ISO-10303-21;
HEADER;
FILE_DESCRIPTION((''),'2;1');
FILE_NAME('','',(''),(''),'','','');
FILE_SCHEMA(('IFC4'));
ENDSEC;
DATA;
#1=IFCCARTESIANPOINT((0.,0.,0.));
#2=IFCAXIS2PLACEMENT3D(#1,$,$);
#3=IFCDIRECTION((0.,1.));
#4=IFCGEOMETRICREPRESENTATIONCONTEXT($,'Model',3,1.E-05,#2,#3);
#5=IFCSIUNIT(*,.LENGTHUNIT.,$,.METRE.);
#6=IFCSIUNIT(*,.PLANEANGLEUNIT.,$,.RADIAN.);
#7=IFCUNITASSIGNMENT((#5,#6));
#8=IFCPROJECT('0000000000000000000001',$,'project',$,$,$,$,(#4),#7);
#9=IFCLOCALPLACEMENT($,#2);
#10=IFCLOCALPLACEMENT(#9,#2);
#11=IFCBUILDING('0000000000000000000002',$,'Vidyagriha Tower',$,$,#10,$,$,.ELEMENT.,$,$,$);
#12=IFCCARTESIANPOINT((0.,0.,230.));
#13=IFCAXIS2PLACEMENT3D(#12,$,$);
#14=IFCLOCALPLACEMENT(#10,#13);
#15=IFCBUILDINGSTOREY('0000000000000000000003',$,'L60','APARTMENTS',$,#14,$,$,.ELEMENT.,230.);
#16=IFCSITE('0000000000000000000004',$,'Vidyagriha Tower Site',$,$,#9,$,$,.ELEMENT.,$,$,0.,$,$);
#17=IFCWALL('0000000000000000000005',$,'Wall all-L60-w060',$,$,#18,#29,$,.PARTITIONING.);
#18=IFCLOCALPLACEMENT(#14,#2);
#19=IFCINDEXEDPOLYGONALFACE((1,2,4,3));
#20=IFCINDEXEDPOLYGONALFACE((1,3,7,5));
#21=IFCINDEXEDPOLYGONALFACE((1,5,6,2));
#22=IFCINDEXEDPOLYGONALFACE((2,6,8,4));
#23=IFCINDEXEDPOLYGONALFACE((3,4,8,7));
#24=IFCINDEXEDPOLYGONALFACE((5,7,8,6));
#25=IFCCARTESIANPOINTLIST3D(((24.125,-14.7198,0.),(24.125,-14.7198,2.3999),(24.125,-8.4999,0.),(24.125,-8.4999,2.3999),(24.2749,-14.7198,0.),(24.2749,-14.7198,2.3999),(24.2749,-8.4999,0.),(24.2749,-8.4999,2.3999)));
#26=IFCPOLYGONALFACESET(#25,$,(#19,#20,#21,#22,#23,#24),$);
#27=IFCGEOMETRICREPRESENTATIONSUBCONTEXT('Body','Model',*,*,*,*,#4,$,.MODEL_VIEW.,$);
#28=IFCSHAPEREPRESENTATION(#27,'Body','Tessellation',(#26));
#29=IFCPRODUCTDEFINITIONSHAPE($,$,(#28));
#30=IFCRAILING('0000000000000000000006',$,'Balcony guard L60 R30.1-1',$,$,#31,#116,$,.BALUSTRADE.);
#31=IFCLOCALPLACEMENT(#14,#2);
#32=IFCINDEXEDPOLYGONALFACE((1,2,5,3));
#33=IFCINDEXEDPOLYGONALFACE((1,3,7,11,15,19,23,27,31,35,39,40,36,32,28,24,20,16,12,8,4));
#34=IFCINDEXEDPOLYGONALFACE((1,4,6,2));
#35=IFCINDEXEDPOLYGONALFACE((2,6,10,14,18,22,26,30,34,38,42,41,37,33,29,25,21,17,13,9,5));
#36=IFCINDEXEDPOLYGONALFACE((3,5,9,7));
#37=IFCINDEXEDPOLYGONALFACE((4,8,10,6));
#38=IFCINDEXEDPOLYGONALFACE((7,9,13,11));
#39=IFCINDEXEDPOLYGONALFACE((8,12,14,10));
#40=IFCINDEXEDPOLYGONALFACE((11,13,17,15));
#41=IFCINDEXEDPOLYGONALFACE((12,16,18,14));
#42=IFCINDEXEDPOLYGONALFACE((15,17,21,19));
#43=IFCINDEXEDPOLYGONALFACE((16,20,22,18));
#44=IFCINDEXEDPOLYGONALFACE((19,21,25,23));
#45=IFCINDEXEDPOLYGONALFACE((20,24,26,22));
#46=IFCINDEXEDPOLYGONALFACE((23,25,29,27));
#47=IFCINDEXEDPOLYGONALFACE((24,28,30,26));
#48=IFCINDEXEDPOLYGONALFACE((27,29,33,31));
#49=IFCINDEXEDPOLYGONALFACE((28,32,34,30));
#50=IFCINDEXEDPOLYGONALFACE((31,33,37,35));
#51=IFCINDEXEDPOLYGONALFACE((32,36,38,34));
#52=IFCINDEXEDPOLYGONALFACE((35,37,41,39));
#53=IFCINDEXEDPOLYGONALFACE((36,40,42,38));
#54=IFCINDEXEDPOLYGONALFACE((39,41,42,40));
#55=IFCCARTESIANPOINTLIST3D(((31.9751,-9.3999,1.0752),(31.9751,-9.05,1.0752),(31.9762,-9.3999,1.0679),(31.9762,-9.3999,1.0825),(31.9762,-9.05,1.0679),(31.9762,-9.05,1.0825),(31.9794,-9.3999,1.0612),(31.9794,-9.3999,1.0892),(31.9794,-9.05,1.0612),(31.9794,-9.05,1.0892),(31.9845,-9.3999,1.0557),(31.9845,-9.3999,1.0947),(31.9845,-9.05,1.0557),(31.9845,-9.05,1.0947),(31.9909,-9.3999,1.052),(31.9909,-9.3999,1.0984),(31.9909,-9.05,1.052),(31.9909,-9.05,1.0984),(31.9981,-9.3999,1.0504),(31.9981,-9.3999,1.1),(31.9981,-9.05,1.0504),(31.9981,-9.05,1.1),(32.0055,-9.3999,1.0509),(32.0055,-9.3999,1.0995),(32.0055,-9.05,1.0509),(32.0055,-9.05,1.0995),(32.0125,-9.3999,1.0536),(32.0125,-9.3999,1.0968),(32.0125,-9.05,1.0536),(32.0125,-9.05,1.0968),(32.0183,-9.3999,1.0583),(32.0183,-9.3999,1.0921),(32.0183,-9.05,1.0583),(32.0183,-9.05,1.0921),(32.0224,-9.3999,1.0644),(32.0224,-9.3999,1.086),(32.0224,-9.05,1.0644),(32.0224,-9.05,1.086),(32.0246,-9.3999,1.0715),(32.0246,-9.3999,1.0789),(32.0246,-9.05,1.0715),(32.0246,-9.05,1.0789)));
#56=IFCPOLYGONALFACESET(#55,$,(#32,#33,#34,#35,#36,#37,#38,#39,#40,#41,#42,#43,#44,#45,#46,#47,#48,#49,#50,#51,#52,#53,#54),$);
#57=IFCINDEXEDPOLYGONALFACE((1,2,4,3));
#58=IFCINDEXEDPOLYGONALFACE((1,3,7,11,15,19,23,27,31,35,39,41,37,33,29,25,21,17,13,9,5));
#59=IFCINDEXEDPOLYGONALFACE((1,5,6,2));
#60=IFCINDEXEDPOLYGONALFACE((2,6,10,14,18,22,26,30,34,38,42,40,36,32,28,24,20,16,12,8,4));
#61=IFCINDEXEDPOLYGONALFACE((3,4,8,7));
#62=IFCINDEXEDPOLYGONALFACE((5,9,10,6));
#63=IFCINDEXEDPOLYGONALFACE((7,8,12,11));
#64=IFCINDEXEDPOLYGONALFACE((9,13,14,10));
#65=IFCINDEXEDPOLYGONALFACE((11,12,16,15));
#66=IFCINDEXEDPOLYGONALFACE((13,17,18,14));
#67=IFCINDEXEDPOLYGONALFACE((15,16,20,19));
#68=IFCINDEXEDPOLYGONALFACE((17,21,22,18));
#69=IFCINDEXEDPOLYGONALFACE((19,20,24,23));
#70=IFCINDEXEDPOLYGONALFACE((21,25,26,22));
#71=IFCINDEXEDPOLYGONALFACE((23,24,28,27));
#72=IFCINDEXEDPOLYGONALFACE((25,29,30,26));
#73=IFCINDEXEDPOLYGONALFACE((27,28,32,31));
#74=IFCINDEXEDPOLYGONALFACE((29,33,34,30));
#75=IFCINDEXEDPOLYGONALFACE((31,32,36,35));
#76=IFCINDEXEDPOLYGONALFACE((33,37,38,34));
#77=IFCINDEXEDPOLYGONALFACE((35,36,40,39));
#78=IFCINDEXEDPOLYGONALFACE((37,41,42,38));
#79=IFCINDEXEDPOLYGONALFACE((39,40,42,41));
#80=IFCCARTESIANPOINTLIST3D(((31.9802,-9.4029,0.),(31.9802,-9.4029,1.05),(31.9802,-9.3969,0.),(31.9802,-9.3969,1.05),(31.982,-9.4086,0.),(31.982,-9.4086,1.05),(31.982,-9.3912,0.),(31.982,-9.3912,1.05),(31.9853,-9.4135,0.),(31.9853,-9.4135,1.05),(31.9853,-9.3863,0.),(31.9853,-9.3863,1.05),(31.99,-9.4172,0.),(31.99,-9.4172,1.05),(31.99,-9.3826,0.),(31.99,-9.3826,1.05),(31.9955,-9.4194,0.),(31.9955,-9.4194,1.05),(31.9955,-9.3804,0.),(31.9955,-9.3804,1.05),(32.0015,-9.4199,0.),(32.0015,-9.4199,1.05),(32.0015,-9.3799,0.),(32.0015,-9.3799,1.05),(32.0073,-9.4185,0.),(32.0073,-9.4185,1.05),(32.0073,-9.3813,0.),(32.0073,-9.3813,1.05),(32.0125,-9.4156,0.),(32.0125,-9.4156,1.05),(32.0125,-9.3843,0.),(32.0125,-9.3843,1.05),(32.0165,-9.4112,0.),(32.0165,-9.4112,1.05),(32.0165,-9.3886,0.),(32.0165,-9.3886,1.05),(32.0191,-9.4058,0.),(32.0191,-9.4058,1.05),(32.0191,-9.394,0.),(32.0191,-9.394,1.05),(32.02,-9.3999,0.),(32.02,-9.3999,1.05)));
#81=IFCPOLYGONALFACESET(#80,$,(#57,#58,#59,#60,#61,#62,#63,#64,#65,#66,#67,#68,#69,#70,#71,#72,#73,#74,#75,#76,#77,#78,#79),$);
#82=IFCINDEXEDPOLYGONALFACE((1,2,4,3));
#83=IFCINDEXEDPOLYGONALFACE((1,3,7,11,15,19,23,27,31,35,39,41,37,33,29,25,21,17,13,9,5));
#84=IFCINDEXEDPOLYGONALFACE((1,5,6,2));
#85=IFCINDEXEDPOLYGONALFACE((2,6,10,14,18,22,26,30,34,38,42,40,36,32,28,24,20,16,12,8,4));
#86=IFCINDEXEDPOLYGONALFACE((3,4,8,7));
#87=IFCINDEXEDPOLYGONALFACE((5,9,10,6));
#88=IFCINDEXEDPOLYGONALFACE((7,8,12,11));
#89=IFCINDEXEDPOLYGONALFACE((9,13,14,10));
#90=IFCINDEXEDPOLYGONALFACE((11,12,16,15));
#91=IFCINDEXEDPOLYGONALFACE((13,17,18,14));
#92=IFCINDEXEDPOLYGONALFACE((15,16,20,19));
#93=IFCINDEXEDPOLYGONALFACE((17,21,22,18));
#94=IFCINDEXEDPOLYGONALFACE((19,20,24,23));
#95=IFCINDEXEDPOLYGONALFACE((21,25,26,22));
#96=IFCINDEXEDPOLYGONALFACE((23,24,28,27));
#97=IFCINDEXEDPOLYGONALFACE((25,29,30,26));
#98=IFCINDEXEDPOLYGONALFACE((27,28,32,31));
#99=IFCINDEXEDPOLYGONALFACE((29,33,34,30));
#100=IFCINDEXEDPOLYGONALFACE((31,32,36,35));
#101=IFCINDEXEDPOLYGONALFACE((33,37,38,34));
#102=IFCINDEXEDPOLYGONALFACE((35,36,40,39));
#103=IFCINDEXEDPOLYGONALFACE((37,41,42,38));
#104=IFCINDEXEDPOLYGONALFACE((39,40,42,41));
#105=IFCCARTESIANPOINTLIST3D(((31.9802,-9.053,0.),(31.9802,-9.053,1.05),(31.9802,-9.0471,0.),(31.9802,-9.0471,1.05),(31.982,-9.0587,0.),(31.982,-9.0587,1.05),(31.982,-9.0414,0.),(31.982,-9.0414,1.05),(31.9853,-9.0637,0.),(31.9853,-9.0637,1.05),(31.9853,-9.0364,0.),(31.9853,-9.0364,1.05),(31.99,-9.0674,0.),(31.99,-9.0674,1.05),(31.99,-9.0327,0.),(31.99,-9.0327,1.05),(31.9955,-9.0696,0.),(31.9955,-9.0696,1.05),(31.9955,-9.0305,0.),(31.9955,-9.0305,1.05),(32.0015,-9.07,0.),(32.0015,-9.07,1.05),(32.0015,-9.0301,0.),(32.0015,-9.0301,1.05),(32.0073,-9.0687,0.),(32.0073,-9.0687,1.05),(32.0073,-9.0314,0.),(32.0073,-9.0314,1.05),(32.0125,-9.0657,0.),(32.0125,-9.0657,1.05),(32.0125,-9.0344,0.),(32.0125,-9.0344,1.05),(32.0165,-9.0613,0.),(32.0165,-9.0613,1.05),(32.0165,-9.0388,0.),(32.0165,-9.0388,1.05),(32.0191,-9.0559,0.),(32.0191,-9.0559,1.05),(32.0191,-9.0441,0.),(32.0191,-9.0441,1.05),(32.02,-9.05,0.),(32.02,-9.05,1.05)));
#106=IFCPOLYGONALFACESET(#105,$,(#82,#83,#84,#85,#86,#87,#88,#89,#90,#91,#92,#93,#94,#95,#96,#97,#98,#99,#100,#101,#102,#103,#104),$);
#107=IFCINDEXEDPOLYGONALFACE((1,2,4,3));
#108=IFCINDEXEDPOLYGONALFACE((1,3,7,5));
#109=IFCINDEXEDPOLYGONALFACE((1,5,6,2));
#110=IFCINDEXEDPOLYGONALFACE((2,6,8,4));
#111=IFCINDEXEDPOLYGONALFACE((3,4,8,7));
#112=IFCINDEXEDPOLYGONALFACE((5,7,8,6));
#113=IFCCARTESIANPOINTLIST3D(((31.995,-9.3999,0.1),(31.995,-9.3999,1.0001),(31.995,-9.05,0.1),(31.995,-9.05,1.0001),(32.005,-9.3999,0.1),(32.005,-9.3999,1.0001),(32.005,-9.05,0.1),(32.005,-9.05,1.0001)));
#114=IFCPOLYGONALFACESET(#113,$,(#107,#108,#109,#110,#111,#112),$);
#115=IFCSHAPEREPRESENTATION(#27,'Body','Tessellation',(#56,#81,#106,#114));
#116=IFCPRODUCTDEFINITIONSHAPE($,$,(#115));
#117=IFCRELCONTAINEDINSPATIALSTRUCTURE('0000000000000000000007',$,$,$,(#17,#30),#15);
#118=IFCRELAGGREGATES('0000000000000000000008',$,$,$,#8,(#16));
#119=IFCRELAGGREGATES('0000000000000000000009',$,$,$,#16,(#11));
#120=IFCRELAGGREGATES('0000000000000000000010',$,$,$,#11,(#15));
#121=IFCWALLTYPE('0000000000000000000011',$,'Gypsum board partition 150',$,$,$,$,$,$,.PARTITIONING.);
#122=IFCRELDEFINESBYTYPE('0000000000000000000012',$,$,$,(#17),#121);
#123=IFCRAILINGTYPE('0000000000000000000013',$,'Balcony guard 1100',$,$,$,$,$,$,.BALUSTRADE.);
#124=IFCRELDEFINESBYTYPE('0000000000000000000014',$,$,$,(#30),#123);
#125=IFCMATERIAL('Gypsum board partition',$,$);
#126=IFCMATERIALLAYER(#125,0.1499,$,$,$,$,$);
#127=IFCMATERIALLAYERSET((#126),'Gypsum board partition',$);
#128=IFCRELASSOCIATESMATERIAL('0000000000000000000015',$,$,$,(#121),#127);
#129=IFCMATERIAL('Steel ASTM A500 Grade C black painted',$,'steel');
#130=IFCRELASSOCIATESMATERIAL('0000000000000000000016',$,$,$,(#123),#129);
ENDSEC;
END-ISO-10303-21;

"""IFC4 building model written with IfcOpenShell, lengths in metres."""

from ifc_helpers import new_model, si_unit, direction, frame, frame_2d, origin, origin_2d, place, context, subcontext, project, spatial, rectangle, circle, extrude, material, layer, layer_set, type_object, element, save


model = new_model("IFC4")

# Units and contexts
model_context = context("Model", 3, precision=1e-05, world=origin(), true_north=direction((0.0, 1.0)))
body_context = subcontext(model_context, "Body", "Model", "MODEL_VIEW")
ifc_project = project(units=[si_unit("LENGTHUNIT", "METRE"), si_unit("PLANEANGLEUNIT", "RADIAN")], contexts=[model_context])

# Site, building, storey
site_placement = place(None, origin())
site = spatial("IfcSite", under=ifc_project, at=site_placement, Name="Vidyagriha Tower Site", CompositionType="ELEMENT", RefElevation=0.0)
building_placement = place(site_placement, origin())
building = spatial("IfcBuilding", under=site, at=building_placement, Name="Vidyagriha Tower", CompositionType="ELEMENT")
storey_placement = place(building_placement, frame((0.0, 0.0, 230.0)))
storey = spatial("IfcBuildingStorey", under=building, at=storey_placement, Name="L60", Description="APARTMENTS", CompositionType="ELEMENT", Elevation=230.0)

# Shared definitions
ifc_material_1 = material(Name="Gypsum board partition")
ifc_layer_1 = layer(ifc_material_1, 0.1499)
ifc_layer_set_1 = layer_set([ifc_layer_1], Name="Gypsum board partition")
wall_type_1 = type_object("IfcWallType", Name="Gypsum board partition 150", PredefinedType="PARTITIONING", material=ifc_layer_set_1)

# Wall
wall_1_placement = place(storey_placement, frame((24.2, -8.5, 0.0), z_axis=(0.0, 0.0, 1.0), x_axis=(0.0, -1.0, 0.0)))
element("IfcWall", 1, at=wall_1_placement, inside=storey, type_object=wall_type_1, Name="Wall all-L60-w060", PredefinedType="PARTITIONING", context=body_context, shape_type="SweptSolid", body=[
    extrude(rectangle(XDim=6.22, YDim=0.1499, at=frame_2d((3.1099, 0.0))), origin(), (0.0, 0.0, 1.0), 2.3999),
])

# Railing
ifc_material_2 = material(Name="Steel ASTM A500 Grade C black painted", Category="steel")
railing_type = type_object("IfcRailingType", Name="Balcony guard 1100", PredefinedType="BALUSTRADE", material=ifc_material_2)
railing_1_placement = place(storey_placement, frame((32.0, -9.3999, 0.0)))
element("IfcRailing", 2, at=railing_1_placement, inside=storey, type_object=railing_type, Name="Balcony guard L60 R30.1-1", PredefinedType="BALUSTRADE", context=body_context, shape_type="SweptSolid", body=[
    extrude(circle(Radius=0.0249, at=origin_2d()), frame((0.0, 0.0, 1.0752), z_axis=(0.0, 1.0, 0.0), x_axis=(-1.0, 0.0, 0.0)), (0.0, 0.0, 1.0), 0.3499),
    extrude(circle(Radius=0.02, at=origin_2d()), origin(), (0.0, 0.0, 1.0), 1.05),
    extrude(circle(Radius=0.02, at=origin_2d()), frame((0.0, 0.3499, 0.0)), (0.0, 0.0, 1.0), 1.05),
    extrude(rectangle(XDim=0.01, YDim=0.9001, at=origin_2d()), frame((0.0, 0.0, 0.55), z_axis=(0.0, 1.0, 0.0), x_axis=(-1.0, 0.0, 0.0)), (0.0, 0.0, 1.0), 0.3499),
])

save(model, "model.ifc")
